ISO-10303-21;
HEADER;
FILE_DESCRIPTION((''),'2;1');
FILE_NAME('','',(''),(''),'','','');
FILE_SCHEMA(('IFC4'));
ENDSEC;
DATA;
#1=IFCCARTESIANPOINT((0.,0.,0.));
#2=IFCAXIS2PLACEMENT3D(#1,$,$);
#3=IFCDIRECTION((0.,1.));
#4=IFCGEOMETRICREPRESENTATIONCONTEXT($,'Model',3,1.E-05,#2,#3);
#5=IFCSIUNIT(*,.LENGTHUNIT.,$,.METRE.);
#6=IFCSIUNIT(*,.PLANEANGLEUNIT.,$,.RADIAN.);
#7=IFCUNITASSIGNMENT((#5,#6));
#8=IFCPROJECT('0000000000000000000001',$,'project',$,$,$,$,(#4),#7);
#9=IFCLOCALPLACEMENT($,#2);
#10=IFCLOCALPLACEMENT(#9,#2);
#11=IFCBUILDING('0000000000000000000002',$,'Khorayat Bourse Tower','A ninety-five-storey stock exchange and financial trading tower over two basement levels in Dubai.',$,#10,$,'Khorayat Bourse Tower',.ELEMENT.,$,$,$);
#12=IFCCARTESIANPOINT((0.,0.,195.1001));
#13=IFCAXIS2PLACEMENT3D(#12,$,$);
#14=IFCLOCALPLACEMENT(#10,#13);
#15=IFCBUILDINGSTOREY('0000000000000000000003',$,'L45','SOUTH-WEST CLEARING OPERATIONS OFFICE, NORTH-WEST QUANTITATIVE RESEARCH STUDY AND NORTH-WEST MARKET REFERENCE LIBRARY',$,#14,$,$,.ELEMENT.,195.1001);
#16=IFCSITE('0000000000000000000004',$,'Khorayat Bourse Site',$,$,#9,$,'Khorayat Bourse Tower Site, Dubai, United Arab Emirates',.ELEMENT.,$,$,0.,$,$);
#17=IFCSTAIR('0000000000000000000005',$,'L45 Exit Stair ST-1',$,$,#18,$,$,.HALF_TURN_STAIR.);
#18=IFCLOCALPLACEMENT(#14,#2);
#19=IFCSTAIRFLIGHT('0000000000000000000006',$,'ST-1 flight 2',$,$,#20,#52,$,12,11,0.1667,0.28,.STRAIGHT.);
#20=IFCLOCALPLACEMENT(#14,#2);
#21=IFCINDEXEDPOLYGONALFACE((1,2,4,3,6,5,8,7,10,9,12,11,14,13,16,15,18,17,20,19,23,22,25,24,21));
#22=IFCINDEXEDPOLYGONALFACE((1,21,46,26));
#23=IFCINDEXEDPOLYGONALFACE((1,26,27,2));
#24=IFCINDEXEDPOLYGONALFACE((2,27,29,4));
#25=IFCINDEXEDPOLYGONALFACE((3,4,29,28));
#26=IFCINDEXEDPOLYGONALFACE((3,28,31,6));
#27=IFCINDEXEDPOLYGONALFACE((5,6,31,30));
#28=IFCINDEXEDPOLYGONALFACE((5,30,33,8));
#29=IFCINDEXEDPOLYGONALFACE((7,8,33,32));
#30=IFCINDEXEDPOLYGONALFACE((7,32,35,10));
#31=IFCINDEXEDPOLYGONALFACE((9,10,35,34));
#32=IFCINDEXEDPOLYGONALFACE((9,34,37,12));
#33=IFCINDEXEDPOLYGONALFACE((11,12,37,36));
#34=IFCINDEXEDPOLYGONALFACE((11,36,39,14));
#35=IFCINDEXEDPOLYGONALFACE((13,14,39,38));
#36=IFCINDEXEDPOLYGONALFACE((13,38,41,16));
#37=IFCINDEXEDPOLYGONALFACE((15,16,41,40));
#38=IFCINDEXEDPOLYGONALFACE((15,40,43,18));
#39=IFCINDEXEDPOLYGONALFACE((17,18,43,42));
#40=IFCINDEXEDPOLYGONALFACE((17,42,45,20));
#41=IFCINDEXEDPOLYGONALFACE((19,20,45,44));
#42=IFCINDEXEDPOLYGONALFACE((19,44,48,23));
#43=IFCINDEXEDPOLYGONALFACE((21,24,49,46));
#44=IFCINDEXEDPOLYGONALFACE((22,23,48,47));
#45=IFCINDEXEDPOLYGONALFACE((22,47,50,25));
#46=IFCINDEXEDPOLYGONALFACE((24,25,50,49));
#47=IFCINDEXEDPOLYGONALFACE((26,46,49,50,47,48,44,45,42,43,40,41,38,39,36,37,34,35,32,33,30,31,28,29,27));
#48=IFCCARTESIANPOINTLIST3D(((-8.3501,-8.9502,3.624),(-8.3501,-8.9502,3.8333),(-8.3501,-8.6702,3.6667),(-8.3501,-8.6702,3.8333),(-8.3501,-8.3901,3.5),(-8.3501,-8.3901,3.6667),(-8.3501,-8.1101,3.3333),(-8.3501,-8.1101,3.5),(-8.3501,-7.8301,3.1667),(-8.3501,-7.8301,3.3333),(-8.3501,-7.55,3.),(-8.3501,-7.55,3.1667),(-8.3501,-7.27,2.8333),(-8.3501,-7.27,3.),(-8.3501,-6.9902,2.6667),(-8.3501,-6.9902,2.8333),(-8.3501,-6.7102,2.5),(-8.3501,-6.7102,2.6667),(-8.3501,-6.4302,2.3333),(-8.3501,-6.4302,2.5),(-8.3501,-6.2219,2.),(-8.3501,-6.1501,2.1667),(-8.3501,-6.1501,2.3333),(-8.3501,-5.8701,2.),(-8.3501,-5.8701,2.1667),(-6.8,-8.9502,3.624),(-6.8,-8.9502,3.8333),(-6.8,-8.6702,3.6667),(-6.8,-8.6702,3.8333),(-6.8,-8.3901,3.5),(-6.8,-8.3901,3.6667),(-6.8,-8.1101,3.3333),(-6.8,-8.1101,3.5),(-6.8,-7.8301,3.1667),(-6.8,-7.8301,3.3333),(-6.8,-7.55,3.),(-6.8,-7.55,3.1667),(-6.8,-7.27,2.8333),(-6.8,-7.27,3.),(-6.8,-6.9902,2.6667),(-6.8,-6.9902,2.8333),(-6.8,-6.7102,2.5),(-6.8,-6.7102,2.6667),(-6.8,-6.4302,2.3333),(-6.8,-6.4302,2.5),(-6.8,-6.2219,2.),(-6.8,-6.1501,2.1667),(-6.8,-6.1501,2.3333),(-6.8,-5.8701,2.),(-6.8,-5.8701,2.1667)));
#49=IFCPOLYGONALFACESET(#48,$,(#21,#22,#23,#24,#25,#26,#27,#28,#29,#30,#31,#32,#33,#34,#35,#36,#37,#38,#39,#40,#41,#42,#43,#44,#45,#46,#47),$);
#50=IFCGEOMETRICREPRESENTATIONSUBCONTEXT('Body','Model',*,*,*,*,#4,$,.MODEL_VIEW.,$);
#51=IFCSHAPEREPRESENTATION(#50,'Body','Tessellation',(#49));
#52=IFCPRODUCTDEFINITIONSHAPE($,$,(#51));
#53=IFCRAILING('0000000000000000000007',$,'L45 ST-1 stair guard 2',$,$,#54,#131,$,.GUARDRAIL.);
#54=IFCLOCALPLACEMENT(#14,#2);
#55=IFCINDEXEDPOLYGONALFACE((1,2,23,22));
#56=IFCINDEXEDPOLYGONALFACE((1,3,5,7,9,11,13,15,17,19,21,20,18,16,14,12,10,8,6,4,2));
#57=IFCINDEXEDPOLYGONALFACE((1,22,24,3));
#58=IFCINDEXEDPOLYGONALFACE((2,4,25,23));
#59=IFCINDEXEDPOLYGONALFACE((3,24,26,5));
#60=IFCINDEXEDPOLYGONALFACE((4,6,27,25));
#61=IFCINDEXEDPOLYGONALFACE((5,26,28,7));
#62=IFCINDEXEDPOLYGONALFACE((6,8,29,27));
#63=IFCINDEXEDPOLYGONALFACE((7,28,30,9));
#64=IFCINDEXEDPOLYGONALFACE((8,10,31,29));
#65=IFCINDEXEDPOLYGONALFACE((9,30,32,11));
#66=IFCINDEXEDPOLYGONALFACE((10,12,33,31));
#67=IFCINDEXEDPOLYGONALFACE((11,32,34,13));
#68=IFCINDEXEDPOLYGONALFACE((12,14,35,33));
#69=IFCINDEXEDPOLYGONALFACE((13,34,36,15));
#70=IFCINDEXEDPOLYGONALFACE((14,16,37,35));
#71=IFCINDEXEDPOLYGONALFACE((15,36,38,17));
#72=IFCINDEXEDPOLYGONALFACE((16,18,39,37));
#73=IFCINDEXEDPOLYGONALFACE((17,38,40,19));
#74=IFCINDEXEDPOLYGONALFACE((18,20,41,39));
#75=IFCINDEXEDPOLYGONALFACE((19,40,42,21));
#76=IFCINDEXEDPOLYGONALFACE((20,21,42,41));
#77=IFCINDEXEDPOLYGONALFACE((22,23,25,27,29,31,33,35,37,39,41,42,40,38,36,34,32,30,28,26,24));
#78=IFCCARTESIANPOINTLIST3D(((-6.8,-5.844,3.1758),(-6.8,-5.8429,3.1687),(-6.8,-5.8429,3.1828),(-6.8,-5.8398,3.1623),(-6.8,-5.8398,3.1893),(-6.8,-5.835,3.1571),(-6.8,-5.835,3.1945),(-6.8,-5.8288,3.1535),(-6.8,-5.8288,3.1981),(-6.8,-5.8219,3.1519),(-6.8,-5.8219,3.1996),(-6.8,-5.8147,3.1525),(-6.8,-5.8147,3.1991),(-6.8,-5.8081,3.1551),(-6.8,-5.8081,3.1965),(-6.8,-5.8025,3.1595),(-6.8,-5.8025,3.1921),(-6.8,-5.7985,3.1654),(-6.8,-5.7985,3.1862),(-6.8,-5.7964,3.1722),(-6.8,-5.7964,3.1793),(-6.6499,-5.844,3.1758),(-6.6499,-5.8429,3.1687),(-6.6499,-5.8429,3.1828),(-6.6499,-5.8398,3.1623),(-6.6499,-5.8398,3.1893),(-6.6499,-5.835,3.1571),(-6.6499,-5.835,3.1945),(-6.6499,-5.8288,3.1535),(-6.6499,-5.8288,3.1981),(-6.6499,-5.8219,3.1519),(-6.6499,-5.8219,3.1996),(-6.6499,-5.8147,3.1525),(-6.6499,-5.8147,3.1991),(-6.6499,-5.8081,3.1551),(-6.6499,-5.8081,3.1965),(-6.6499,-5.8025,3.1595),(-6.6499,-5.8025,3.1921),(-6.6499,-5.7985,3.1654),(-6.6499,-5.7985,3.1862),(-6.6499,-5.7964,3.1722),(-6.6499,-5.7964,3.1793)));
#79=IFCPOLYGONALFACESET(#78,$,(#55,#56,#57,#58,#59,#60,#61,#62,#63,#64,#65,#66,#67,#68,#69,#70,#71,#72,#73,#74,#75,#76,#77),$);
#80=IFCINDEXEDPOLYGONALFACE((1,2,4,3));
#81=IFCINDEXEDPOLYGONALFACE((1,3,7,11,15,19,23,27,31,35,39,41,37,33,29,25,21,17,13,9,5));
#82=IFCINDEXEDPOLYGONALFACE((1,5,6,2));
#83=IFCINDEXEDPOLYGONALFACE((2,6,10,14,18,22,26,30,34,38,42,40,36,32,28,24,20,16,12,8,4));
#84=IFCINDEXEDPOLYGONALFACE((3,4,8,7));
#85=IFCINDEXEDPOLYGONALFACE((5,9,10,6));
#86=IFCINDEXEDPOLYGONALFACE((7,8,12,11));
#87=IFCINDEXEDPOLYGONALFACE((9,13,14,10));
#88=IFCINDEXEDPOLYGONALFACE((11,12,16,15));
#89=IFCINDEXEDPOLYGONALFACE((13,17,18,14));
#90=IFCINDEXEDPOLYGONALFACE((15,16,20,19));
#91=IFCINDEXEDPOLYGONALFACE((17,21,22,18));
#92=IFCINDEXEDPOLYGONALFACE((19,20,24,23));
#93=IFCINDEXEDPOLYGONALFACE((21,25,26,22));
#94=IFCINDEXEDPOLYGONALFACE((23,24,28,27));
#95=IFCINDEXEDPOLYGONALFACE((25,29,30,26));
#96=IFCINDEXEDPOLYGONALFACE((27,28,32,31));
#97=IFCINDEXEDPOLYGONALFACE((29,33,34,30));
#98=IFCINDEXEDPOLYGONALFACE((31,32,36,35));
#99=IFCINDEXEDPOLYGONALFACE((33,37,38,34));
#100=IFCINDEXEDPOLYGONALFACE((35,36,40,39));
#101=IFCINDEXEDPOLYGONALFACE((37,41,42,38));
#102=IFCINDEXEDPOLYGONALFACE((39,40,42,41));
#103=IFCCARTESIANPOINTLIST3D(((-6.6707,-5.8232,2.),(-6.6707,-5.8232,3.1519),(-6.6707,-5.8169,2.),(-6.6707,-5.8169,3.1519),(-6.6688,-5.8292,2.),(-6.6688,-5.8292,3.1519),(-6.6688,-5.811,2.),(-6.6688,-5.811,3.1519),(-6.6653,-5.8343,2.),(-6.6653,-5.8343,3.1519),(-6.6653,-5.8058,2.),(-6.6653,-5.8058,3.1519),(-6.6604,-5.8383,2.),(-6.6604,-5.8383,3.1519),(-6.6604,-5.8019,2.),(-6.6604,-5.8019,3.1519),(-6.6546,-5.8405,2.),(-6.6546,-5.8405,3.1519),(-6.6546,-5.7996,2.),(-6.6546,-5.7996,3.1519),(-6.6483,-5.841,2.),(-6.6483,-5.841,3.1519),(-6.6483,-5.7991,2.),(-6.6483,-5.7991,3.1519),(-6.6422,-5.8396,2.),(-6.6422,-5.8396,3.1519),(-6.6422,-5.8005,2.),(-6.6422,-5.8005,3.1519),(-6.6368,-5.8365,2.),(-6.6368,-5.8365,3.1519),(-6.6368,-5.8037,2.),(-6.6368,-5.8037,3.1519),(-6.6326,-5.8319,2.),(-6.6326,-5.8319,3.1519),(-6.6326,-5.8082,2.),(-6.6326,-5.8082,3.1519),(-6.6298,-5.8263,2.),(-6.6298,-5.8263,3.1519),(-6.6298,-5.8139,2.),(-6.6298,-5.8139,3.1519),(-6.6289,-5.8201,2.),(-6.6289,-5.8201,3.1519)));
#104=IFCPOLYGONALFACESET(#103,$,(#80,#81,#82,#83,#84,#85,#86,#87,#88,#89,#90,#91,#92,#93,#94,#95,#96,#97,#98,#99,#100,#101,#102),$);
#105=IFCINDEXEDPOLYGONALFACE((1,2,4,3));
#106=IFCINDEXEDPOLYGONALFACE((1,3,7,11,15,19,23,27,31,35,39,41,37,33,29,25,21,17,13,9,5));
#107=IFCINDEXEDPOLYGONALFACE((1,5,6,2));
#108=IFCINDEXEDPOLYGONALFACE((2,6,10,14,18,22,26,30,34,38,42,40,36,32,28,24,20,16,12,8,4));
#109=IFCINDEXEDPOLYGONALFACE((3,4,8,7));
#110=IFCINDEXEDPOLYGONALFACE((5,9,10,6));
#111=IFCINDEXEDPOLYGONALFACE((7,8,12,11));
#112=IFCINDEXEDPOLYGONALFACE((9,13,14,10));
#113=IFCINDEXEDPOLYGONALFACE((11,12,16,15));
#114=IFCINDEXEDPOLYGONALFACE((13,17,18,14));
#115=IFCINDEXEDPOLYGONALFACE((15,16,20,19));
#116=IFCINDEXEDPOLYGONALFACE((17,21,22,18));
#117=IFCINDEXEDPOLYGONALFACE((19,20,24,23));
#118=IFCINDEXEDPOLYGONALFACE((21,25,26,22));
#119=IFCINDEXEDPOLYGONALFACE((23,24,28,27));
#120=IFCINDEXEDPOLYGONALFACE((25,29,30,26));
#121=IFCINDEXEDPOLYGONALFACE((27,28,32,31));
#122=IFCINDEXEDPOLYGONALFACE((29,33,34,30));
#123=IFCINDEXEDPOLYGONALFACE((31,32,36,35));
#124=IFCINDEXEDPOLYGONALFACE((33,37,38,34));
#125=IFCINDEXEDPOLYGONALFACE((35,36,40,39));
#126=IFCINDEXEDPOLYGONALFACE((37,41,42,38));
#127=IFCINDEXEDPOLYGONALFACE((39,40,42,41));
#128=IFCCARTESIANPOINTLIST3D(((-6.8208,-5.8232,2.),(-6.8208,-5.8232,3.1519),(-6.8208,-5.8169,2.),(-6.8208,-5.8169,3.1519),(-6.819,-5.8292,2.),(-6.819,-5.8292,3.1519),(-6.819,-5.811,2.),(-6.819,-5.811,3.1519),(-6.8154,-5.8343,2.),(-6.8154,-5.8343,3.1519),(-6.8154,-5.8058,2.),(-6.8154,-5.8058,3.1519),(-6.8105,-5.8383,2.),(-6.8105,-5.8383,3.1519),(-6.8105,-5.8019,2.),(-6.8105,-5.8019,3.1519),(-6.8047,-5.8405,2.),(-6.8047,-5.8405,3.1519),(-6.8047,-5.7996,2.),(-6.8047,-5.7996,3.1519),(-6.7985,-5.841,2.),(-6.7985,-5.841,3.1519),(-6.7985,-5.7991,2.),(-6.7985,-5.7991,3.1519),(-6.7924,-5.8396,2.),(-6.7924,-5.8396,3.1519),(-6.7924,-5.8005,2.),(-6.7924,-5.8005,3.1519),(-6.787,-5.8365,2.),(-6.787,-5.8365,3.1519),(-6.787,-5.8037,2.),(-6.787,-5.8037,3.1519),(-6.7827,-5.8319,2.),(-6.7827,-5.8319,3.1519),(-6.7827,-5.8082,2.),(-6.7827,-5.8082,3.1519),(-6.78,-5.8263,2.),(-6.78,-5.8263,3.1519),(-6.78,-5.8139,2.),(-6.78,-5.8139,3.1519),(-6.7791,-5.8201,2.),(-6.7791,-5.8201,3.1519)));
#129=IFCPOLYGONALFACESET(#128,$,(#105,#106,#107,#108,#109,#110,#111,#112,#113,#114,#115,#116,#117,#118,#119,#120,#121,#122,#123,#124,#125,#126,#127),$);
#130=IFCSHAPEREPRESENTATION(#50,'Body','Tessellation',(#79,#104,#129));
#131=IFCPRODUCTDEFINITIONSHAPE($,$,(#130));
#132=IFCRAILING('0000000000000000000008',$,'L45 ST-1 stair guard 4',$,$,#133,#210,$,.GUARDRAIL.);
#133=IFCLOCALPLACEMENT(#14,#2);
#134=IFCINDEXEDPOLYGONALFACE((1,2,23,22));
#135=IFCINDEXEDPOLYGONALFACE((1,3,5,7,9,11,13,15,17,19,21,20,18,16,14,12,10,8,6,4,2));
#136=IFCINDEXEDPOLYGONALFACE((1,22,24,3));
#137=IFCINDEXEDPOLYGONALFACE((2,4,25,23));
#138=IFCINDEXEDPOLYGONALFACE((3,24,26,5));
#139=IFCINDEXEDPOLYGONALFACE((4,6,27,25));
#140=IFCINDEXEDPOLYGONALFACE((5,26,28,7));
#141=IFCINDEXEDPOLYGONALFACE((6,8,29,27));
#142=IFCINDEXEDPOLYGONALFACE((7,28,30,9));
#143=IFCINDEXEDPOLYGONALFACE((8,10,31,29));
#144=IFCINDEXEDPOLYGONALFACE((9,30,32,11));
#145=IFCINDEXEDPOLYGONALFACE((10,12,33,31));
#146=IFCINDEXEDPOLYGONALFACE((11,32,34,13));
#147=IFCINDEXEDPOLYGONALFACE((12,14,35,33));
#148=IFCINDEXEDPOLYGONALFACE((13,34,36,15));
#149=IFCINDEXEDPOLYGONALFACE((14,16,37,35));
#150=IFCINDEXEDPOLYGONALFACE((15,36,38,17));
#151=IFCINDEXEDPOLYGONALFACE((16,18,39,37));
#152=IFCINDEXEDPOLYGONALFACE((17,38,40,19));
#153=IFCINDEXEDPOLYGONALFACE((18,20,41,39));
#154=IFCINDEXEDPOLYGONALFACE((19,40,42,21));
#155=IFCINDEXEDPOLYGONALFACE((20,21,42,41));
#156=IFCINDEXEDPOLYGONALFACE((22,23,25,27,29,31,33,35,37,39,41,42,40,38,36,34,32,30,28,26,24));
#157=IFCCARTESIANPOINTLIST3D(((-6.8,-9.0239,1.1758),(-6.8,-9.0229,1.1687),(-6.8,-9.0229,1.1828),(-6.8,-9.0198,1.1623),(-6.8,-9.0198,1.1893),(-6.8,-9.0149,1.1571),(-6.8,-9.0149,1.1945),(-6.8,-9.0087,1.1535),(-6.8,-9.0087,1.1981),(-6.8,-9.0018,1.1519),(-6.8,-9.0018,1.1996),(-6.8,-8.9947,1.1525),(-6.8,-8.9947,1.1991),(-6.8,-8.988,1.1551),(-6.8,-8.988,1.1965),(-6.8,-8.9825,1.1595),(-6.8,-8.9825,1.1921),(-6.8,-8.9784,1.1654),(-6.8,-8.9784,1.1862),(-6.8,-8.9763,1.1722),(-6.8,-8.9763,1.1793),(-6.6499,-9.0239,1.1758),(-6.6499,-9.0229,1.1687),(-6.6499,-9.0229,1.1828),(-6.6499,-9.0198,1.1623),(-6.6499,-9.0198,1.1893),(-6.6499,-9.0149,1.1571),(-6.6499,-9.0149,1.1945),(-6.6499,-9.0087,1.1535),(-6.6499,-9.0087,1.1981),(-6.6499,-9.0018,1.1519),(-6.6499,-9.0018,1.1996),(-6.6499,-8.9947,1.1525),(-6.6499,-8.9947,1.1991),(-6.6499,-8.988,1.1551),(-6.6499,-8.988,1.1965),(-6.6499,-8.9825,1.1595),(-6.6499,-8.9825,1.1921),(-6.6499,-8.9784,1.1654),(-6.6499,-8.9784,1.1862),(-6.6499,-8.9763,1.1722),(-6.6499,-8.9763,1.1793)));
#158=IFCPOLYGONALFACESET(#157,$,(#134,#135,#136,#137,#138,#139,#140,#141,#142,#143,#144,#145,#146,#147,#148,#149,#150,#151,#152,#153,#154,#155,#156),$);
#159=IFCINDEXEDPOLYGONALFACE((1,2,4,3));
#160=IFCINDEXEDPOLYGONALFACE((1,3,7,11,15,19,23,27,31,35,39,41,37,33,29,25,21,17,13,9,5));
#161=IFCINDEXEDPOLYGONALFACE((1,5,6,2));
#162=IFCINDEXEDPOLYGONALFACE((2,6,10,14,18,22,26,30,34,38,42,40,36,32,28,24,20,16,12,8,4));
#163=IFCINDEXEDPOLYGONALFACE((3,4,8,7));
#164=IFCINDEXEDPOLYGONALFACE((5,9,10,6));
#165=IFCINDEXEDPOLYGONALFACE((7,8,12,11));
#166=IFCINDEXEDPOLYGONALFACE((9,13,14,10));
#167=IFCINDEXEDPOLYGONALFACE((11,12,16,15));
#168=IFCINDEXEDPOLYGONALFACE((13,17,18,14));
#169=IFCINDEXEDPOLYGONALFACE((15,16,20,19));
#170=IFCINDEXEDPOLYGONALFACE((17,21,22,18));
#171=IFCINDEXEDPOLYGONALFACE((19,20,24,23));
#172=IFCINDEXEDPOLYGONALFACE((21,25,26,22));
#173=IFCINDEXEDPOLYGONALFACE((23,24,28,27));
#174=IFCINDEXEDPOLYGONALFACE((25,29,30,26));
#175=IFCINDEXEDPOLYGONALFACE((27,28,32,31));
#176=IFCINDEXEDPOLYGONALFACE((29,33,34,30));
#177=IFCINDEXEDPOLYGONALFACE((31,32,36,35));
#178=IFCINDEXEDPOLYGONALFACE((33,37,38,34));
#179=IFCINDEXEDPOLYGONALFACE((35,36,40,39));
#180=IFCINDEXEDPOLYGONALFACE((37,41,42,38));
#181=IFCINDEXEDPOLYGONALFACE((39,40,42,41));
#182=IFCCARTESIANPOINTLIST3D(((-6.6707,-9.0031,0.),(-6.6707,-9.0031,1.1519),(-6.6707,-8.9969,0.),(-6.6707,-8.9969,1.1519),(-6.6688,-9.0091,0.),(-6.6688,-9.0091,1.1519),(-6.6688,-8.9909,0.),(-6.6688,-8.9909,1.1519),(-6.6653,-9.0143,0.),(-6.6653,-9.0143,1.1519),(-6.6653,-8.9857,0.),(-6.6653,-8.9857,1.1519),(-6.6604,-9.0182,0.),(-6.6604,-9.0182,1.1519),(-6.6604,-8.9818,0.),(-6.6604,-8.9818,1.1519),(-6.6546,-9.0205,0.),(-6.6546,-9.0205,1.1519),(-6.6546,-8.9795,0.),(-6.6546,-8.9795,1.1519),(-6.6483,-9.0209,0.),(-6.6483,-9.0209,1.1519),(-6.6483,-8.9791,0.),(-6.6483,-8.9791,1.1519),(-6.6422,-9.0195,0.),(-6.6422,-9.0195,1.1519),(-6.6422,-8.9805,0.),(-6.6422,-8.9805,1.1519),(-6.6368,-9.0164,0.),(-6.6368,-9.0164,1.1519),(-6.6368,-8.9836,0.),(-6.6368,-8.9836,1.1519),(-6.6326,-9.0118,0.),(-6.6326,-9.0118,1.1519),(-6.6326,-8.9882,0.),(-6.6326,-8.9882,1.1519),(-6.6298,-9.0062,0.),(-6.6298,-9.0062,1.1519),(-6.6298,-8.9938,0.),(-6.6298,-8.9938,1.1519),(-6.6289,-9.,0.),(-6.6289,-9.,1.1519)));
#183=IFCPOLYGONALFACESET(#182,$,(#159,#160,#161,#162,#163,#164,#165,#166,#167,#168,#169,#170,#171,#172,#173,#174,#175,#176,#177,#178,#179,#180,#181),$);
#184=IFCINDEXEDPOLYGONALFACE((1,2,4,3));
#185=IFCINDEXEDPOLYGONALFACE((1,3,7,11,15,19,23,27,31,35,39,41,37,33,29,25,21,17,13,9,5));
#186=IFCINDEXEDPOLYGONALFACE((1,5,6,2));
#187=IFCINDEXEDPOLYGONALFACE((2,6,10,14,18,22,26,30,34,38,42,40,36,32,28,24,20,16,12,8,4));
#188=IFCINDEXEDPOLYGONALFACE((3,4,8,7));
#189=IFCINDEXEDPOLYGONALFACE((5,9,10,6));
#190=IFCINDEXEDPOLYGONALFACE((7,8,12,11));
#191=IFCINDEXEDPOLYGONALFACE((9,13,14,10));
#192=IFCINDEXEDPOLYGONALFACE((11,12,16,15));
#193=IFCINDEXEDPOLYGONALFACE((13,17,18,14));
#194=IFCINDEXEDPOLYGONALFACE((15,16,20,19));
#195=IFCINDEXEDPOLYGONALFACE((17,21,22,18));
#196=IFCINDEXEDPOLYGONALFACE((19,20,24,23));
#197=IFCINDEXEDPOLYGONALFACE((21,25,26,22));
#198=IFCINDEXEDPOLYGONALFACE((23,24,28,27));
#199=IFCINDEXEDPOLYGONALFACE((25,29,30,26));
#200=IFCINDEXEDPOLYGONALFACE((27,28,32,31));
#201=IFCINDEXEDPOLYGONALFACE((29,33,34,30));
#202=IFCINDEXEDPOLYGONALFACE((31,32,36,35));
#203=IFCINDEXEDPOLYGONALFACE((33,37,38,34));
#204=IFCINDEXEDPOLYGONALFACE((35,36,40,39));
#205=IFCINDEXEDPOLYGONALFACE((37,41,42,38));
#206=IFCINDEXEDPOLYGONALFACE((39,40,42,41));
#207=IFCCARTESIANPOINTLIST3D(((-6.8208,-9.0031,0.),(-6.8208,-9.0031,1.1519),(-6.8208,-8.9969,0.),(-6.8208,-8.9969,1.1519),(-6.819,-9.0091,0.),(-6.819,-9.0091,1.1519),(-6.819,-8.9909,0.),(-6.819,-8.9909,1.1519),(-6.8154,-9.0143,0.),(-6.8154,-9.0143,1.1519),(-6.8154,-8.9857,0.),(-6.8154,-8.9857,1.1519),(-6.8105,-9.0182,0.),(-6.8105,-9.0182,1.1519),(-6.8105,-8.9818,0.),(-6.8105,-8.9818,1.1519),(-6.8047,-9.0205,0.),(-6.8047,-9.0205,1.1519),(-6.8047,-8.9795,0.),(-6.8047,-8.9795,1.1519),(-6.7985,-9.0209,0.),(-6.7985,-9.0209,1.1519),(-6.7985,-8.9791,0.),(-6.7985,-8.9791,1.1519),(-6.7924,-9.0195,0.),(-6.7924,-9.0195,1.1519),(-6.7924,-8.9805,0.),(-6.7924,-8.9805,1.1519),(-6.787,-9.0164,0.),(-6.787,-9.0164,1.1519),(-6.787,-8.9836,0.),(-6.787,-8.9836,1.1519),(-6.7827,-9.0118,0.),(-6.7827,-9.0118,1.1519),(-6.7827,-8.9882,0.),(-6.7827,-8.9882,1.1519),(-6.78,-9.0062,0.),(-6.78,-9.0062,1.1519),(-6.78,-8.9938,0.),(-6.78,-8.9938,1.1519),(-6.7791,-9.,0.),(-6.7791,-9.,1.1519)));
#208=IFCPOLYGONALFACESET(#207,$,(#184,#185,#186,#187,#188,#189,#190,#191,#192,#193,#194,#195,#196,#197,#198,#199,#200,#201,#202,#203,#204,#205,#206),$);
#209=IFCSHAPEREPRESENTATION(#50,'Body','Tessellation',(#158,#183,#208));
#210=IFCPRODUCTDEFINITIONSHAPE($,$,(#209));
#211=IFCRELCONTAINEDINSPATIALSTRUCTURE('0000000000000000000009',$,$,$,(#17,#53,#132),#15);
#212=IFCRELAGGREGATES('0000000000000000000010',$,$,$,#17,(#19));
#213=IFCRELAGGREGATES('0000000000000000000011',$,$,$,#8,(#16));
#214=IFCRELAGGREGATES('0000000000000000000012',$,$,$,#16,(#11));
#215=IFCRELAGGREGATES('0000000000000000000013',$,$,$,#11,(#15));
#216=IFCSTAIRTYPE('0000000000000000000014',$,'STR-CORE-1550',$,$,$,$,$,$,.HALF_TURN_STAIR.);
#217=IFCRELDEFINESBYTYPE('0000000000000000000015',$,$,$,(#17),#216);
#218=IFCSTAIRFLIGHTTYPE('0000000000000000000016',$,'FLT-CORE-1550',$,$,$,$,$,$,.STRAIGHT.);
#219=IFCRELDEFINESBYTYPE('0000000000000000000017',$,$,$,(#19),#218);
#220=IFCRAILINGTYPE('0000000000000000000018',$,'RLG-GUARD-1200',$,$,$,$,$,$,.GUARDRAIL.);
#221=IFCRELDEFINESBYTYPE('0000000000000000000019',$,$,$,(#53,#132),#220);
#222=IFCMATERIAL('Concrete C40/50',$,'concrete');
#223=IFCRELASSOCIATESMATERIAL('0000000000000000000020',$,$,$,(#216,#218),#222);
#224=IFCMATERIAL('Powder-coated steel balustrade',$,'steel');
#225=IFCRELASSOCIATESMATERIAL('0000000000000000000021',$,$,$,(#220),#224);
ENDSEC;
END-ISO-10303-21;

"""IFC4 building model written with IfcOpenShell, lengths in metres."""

from ifc_helpers import new_model, si_unit, direction, frame, origin, origin_2d, place, context, subcontext, project, spatial, polyline, circle, outline, extrude, source, transform, mapped, material, type_object, element, aggregate, save


model = new_model("IFC4")

# Units and contexts
model_context = context("Model", 3, precision=1e-05, world=origin(), true_north=direction((0.0, 1.0)))
body_context = subcontext(model_context, "Body", "Model", "MODEL_VIEW")
ifc_project = project(units=[si_unit("LENGTHUNIT", "METRE"), si_unit("PLANEANGLEUNIT", "RADIAN")], contexts=[model_context])

# Site, building, storey
site_placement = place(None, origin())
site = spatial("IfcSite", under=ifc_project, at=site_placement, Name="Khorayat Bourse Site", LongName="Khorayat Bourse Tower Site, Dubai, United Arab Emirates", CompositionType="ELEMENT", RefElevation=0.0)
building_placement = place(site_placement, origin())
building = spatial("IfcBuilding", under=site, at=building_placement, Name="Khorayat Bourse Tower", Description="A ninety-five-storey stock exchange and financial trading tower over two basement levels in Dubai.", LongName="Khorayat Bourse Tower", CompositionType="ELEMENT")
storey_placement = place(building_placement, frame((0.0, 0.0, 195.1001)))
storey = spatial("IfcBuildingStorey", under=building, at=storey_placement, Name="L45", Description="SOUTH-WEST CLEARING OPERATIONS OFFICE, NORTH-WEST QUANTITATIVE RESEARCH STUDY AND NORTH-WEST MARKET REFERENCE LIBRARY", CompositionType="ELEMENT", Elevation=195.1001)

# Stair, stair flight
ifc_material_1 = material(Name="Concrete C40/50", Category="concrete")
stair_type = type_object("IfcStairType", Name="STR-CORE-1550", PredefinedType="HALF_TURN_STAIR", material=ifc_material_1)
stair_placement = place(storey_placement, origin())
stair = element("IfcStair", 1, at=stair_placement, inside=storey, type_object=stair_type, Name="L45 Exit Stair ST-1", PredefinedType="HALF_TURN_STAIR")
stair_flight_type = type_object("IfcStairFlightType", Name="FLT-CORE-1550", PredefinedType="STRAIGHT", material=ifc_material_1)
shared_shape_1 = source(origin(), body_context, "Body", "SweptSolid", [
    extrude(outline(polyline([(0.0, 0.0), (0.0, 0.1667), (0.28, 0.1667), (0.28, 0.3333), (0.5601, 0.3333), (0.5601, 0.5), (0.8401, 0.5), (0.8401, 0.6667), (1.1201, 0.6667), (1.1201, 0.8333), (1.3999, 0.8333), (1.3999, 1.0), (1.6799, 1.0), (1.6799, 1.1667), (1.96, 1.1667), (1.96, 1.3333), (2.24, 1.3333), (2.24, 1.5), (2.52, 1.5), (2.52, 1.6667), (2.8, 1.6667), (2.8, 1.8333), (3.0801, 1.8333), (3.0801, 2.0), (3.0801, 1.624), (0.3518, 0.0), (0.0, 0.0)])), frame((0.0, 0.7749, 0.0), z_axis=(0.0, -1.0, 0.0), x_axis=(1.0, 0.0, 0.0)), (0.0, 0.0, 1.0), 1.55),
])
stair_flight_1_placement = place(storey_placement, frame((-7.575, -5.8701, 2.0), z_axis=(0.0, 0.0, 1.0), x_axis=(0.0, -1.0, 0.0)))
stair_flight_1 = element("IfcStairFlight", 2, at=stair_flight_1_placement, type_object=stair_flight_type, Name="ST-1 flight 2", NumberOfRisers=12, NumberOfTreads=11, PredefinedType="STRAIGHT", RiserHeight=0.1667, TreadLength=0.28, context=body_context, shape_type="MappedRepresentation", body=[
    mapped(shared_shape_1, transform((0.0, 0.0, 0.0), scale=1.0)),
])
aggregate(stair, [stair_flight_1])

# Railings
ifc_material_2 = material(Name="Powder-coated steel balustrade", Category="steel")
railing_type_1 = type_object("IfcRailingType", Name="RLG-GUARD-1200", PredefinedType="GUARDRAIL", material=ifc_material_2)
shared_shape_2 = source(origin(), body_context, "Body", "SweptSolid", [
    extrude(circle(Radius=0.0239, at=origin_2d()), frame((0.0, 0.0, 1.1758), z_axis=(-1.0, 0.0, 0.0), x_axis=(0.0, -1.0, 0.0)), (0.0, 0.0, 1.0), 0.1501),
    extrude(circle(Radius=0.021, at=origin_2d()), origin(), (0.0, 0.0, 1.0), 1.1519),
    extrude(circle(Radius=0.021, at=origin_2d()), frame((-0.1501, 0.0, 0.0)), (0.0, 0.0, 1.0), 1.1519),
])
for number, where, name in (
    (3, (-6.6499, -5.8201, 2.0), "L45 ST-1 stair guard 2"),
    (4, (-6.6499, -9.0, 0.0), "L45 ST-1 stair guard 4"),
):
    element("IfcRailing", number, at=place(storey_placement, frame(where)), inside=storey, type_object=railing_type_1, Name=name, PredefinedType="GUARDRAIL", context=body_context, shape_type="MappedRepresentation", body=[
        mapped(shared_shape_2, transform((0.0, 0.0, 0.0), scale=1.0)),
    ])

save(model, "model.ifc")
